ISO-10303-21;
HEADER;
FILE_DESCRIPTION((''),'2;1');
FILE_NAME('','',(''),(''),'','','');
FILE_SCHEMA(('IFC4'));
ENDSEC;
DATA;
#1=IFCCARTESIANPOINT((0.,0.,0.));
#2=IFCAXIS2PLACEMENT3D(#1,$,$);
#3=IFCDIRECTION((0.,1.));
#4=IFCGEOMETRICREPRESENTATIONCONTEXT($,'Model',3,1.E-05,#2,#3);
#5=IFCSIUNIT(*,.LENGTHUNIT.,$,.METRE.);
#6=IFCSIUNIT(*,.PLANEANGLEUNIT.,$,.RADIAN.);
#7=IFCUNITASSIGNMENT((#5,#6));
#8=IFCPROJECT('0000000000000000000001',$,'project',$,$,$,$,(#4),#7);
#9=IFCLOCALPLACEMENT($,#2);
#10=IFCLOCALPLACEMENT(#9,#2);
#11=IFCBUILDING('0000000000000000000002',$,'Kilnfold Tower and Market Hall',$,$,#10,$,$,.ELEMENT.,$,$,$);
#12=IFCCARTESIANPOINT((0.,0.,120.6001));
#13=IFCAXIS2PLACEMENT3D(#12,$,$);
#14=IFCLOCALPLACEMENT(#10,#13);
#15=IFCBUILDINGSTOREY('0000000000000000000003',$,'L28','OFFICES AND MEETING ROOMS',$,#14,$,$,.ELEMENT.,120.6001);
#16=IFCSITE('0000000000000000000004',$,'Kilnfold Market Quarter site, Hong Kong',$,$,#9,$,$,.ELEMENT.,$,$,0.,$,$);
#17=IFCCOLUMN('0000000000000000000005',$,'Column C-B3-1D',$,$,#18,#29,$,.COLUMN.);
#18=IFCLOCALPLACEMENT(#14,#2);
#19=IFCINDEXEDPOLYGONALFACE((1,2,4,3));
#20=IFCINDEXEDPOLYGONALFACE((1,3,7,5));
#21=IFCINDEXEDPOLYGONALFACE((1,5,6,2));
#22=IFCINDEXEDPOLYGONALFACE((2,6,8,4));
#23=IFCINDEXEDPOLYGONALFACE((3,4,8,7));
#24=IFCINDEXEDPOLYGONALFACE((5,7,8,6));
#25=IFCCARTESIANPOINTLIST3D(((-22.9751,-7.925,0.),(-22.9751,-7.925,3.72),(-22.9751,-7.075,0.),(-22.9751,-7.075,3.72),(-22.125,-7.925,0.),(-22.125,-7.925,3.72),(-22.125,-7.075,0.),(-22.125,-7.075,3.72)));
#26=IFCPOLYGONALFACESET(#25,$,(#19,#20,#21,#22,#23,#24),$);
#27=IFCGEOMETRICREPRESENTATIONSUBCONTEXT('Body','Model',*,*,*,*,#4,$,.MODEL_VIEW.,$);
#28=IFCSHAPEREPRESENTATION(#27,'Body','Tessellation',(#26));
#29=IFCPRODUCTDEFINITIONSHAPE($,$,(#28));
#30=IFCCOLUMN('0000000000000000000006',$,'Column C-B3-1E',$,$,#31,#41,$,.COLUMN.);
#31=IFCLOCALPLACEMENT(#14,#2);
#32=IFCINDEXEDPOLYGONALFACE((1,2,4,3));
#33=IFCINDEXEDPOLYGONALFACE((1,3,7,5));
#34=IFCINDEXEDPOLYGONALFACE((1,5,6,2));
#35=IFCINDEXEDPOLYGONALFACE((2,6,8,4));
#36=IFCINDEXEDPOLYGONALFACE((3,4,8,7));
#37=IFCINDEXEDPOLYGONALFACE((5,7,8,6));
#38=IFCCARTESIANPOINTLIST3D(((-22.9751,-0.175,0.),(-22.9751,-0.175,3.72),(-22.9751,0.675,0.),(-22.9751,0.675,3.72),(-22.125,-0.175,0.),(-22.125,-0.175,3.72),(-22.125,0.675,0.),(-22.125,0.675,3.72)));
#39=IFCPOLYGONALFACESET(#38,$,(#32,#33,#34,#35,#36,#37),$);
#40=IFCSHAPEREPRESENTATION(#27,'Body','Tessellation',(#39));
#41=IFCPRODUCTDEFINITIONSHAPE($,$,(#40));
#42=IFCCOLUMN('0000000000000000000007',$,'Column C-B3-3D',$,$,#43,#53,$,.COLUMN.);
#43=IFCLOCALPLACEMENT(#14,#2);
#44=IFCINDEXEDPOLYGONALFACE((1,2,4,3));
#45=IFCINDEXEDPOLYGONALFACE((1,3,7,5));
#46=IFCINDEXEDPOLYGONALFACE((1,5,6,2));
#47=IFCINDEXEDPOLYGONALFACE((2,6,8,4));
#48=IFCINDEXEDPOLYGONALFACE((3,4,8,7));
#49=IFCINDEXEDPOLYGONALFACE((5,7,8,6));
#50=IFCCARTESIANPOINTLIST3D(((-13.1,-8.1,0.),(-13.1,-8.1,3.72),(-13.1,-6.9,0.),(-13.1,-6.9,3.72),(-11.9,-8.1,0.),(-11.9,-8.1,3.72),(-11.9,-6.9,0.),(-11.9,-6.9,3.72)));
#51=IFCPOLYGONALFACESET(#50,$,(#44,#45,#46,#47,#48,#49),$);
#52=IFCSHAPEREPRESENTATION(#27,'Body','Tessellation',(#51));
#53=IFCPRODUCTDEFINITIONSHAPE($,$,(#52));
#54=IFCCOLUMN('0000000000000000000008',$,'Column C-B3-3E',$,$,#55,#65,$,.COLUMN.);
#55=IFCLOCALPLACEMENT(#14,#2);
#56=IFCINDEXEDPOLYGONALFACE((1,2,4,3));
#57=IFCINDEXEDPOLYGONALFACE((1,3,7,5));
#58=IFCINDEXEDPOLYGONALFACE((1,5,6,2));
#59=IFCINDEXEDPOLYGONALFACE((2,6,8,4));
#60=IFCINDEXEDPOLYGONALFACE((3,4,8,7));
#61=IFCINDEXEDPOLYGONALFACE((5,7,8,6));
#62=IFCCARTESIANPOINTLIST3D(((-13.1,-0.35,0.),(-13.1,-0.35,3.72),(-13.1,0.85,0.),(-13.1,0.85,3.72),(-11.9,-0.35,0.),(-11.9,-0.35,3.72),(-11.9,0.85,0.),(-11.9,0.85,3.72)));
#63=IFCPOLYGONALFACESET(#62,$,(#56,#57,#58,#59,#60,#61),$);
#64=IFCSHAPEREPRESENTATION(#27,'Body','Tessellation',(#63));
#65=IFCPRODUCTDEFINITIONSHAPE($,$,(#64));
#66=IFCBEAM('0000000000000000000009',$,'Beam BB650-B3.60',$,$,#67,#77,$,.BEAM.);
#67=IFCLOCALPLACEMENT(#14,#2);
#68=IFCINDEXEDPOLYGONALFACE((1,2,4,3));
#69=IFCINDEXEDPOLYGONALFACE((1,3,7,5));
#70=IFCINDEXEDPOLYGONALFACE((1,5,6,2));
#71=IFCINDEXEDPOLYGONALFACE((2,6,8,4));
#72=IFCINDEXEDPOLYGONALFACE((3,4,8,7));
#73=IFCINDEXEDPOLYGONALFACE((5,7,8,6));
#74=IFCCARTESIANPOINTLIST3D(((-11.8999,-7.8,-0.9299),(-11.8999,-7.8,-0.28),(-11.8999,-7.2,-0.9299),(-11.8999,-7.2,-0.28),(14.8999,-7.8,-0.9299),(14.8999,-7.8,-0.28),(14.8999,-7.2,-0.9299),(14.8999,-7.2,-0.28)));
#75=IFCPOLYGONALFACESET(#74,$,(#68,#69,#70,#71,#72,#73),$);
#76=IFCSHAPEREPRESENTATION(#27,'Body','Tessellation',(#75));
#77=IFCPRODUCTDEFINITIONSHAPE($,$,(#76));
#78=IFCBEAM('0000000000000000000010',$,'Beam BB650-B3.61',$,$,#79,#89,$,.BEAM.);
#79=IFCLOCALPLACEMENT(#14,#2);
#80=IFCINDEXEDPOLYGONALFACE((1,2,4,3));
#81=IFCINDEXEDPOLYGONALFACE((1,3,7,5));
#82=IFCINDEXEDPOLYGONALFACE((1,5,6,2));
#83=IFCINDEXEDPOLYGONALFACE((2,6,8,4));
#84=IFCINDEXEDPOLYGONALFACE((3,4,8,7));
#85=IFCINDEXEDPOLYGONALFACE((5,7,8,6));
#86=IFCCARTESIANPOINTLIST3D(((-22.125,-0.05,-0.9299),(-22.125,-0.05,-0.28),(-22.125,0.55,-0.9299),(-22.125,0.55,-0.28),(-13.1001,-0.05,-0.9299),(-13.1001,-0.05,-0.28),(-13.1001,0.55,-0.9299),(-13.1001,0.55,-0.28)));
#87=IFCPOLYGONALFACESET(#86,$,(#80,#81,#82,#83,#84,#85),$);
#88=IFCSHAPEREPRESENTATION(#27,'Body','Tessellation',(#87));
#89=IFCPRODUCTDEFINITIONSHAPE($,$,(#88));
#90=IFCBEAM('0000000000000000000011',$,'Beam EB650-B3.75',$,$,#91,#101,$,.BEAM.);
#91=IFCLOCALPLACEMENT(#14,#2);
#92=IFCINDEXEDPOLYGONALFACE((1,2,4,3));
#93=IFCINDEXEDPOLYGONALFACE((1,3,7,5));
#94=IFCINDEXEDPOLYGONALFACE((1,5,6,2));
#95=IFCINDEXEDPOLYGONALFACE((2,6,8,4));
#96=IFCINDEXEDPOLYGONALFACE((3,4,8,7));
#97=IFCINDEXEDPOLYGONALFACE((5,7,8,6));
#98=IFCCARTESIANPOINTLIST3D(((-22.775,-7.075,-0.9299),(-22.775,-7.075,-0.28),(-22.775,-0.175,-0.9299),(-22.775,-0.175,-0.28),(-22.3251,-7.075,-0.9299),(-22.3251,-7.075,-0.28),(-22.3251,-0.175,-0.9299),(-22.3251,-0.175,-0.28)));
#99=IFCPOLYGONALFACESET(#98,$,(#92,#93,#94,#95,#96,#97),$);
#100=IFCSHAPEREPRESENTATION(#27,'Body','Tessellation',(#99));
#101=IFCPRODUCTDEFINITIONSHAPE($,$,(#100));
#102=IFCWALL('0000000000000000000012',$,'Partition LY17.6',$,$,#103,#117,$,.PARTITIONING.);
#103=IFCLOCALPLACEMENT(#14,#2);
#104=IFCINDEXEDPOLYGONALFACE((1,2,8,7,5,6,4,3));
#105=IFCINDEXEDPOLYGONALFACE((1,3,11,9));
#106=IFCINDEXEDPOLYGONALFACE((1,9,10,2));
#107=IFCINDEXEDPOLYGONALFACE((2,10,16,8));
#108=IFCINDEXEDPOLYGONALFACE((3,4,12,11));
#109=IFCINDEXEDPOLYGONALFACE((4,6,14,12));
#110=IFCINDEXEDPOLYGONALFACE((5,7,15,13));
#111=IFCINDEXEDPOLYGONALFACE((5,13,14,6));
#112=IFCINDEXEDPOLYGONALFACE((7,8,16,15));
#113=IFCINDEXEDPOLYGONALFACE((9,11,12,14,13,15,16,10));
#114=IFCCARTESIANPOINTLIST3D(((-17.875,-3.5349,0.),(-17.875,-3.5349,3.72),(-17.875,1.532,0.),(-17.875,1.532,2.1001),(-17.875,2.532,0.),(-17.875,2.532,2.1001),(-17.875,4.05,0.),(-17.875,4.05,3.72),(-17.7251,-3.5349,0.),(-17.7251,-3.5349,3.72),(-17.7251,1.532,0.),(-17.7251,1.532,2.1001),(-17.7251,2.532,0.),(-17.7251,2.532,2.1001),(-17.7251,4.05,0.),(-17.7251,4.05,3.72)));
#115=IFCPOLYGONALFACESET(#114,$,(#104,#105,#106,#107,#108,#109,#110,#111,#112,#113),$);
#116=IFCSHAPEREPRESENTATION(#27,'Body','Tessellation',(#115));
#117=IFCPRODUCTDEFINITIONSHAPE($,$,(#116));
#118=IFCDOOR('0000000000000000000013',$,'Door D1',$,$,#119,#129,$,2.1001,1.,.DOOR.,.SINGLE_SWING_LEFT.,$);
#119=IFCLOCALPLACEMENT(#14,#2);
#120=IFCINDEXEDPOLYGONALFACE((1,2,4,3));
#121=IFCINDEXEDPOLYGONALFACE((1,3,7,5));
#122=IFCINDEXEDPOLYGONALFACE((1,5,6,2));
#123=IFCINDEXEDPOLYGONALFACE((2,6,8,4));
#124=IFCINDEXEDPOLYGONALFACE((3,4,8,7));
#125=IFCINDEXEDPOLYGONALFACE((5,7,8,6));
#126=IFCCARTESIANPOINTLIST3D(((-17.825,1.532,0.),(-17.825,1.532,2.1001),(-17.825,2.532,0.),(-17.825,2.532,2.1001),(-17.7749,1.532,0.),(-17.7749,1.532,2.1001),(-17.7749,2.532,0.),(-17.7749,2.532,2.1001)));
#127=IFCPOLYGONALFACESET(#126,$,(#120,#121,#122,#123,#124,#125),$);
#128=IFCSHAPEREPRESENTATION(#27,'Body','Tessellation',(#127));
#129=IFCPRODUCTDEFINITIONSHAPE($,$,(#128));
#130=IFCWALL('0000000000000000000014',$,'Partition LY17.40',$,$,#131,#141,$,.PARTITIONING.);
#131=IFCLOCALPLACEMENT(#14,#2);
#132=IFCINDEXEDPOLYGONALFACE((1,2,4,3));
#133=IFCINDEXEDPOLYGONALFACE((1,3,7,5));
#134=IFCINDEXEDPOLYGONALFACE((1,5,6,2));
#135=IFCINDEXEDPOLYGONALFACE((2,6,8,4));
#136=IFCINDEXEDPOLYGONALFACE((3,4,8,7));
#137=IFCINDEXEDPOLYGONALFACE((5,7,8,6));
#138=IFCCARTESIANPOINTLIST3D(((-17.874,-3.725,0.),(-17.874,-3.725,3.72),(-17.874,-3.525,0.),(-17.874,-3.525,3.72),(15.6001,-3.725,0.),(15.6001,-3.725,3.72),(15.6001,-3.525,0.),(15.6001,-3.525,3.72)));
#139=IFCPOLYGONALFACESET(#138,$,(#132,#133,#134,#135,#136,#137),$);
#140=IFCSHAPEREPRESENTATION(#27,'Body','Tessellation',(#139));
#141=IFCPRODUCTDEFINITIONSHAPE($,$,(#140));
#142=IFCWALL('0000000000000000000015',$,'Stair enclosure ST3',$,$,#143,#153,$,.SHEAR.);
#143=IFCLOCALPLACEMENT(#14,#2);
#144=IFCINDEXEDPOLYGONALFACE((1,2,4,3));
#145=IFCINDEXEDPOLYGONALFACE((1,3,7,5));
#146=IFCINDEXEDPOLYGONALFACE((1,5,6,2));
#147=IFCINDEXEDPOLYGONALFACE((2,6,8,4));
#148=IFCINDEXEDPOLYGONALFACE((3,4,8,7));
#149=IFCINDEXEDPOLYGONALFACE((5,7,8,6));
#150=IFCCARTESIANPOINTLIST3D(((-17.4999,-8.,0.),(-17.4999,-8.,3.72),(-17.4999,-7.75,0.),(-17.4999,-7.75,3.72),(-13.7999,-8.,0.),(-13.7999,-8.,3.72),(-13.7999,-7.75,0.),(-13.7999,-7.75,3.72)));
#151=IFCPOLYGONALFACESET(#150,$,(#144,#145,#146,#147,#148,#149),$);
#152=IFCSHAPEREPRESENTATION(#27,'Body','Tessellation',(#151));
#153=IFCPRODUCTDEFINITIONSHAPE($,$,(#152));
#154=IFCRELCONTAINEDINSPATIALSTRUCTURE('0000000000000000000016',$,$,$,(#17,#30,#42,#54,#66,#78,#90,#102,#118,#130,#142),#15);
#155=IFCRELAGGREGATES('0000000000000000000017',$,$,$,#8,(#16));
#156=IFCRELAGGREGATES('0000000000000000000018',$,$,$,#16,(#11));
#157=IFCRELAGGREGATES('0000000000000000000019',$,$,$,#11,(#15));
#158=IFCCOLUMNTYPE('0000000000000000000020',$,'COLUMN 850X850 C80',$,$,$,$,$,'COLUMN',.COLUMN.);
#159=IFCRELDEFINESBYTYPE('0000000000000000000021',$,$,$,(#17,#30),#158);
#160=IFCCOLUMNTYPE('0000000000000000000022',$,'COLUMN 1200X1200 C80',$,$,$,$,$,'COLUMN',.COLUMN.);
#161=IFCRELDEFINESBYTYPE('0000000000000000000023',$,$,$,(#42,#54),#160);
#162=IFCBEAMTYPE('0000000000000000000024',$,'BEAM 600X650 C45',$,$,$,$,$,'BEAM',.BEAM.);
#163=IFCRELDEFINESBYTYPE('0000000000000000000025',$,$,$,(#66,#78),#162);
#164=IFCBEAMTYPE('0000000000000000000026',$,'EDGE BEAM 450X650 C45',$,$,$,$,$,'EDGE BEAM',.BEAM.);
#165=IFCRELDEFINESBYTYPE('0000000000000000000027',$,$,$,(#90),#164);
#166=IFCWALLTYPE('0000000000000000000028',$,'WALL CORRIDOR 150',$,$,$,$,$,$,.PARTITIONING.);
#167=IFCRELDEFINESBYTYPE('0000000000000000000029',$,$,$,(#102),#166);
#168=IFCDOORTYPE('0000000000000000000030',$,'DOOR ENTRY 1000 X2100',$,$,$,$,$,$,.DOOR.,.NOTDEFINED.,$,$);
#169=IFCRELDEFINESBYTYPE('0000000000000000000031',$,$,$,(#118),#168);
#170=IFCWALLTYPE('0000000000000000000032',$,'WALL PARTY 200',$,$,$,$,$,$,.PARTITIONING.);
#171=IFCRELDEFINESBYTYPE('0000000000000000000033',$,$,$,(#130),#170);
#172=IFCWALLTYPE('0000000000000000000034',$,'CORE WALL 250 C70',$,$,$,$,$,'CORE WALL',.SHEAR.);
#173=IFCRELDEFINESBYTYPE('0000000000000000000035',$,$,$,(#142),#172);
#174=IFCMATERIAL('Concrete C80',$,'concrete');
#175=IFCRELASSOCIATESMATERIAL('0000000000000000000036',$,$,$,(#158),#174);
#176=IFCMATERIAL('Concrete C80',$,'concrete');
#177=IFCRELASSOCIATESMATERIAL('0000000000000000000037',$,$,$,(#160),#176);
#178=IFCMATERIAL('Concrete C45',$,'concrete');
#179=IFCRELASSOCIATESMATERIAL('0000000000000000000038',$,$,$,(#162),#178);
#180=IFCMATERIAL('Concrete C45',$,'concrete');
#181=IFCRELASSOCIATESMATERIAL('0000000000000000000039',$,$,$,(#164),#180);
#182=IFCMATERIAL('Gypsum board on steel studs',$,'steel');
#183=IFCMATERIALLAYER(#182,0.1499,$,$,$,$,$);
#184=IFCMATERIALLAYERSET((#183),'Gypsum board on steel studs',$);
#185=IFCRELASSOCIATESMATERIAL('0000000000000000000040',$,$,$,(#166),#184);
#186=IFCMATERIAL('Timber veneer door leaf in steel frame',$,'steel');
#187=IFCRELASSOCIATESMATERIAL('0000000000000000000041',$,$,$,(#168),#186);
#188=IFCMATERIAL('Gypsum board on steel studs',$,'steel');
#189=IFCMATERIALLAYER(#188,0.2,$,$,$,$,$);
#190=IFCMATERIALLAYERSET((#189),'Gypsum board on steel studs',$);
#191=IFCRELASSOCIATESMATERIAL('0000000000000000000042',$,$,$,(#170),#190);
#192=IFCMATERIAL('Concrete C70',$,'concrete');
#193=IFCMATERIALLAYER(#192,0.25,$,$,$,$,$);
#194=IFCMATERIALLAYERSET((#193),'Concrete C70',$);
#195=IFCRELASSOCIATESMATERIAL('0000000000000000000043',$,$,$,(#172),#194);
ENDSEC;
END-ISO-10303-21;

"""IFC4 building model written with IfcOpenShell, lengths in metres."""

from ifc_helpers import new_model, si_unit, direction, frame, frame_2d, origin, origin_2d, place, context, subcontext, project, spatial, rectangle, extrude, source, transform, mapped, material, layer, layer_set, material_profile, profile_set, type_object, element, fill, save


model = new_model("IFC4")

# Units and contexts
model_context = context("Model", 3, precision=1e-05, world=origin(), true_north=direction((0.0, 1.0)))
body_context = subcontext(model_context, "Body", "Model", "MODEL_VIEW")
ifc_project = project(units=[si_unit("LENGTHUNIT", "METRE"), si_unit("PLANEANGLEUNIT", "RADIAN")], contexts=[model_context])

# Site, building, storey
site_placement = place(None, origin())
site = spatial("IfcSite", under=ifc_project, at=site_placement, Name="Kilnfold Market Quarter site, Hong Kong", CompositionType="ELEMENT", RefElevation=0.0)
building_placement = place(site_placement, origin())
building = spatial("IfcBuilding", under=site, at=building_placement, Name="Kilnfold Tower and Market Hall", CompositionType="ELEMENT")
storey_placement = place(building_placement, frame((0.0, 0.0, 120.6001)))
storey = spatial("IfcBuildingStorey", under=building, at=storey_placement, Name="L28", Description="OFFICES AND MEETING ROOMS", CompositionType="ELEMENT", Elevation=120.6001)

# Columns
ifc_material_1 = material(Name="Concrete C80", Category="concrete")
ifc_material_profile_1 = material_profile(ifc_material_1, rectangle(XDim=0.8501, YDim=0.8501, at=origin_2d()), Name="RC 850x850")
ifc_profile_set_1 = profile_set([ifc_material_profile_1], Name="Concrete C80")
column_type_1 = type_object("IfcColumnType", Name="COLUMN 850X850 C80", ElementType="COLUMN", PredefinedType="COLUMN", material=ifc_profile_set_1)
shared_shape_1 = source(origin(), body_context, "Body", "SweptSolid", [
    extrude(rectangle(XDim=0.8501, YDim=0.8501, at=origin_2d()), origin(), (0.0, 0.0, 1.0), 3.72),
])
for number, where, z_axis, x_axis, name in (
    (1, (-22.55, -7.5, 0.0), (0.0, 0.0, 1.0), (1.0, 0.0, 0.0), "Column C-B3-1D"),
    (2, (-22.55, 0.25, 0.0), (0.0, 0.0, 1.0), (1.0, 0.0, 0.0), "Column C-B3-1E"),
):
    element("IfcColumn", number, at=place(storey_placement, frame(where, z_axis=z_axis, x_axis=x_axis)), inside=storey, type_object=column_type_1, Name=name, PredefinedType="COLUMN", context=body_context, shape_type="MappedRepresentation", body=[
        mapped(shared_shape_1, transform((0.0, 0.0, 0.0))),
    ])
ifc_material_2 = material(Name="Concrete C80", Category="concrete")
ifc_material_profile_2 = material_profile(ifc_material_2, rectangle(XDim=1.2, YDim=1.2, at=origin_2d()), Name="RC 1200x1200")
ifc_profile_set_2 = profile_set([ifc_material_profile_2], Name="Concrete C80")
column_type_2 = type_object("IfcColumnType", Name="COLUMN 1200X1200 C80", ElementType="COLUMN", PredefinedType="COLUMN", material=ifc_profile_set_2)
shared_shape_2 = source(origin(), body_context, "Body", "SweptSolid", [
    extrude(rectangle(XDim=1.2, YDim=1.2, at=origin_2d()), origin(), (0.0, 0.0, 1.0), 3.72),
])
for number, where, z_axis, x_axis, name in (
    (3, (-12.5, -7.5, 0.0), (0.0, 0.0, 1.0), (1.0, 0.0, 0.0), "Column C-B3-3D"),
    (4, (-12.5, 0.25, 0.0), (0.0, 0.0, 1.0), (1.0, 0.0, 0.0), "Column C-B3-3E"),
):
    element("IfcColumn", number, at=place(storey_placement, frame(where, z_axis=z_axis, x_axis=x_axis)), inside=storey, type_object=column_type_2, Name=name, PredefinedType="COLUMN", context=body_context, shape_type="MappedRepresentation", body=[
        mapped(shared_shape_2, transform((0.0, 0.0, 0.0))),
    ])

# Beams
ifc_material_3 = material(Name="Concrete C45", Category="concrete")
ifc_material_profile_3 = material_profile(ifc_material_3, rectangle(XDim=0.6001, YDim=0.6499, at=origin_2d()), Name="RC 600x650")
ifc_profile_set_3 = profile_set([ifc_material_profile_3], Name="Concrete C45")
beam_type_1 = type_object("IfcBeamType", Name="BEAM 600X650 C45", ElementType="BEAM", PredefinedType="BEAM", material=ifc_profile_set_3)
shared_shape_3 = source(origin(), body_context, "Body", "SweptSolid", [
    extrude(rectangle(XDim=0.6001, YDim=0.6499, at=origin_2d()), origin(), (0.0, 0.0, 1.0), 26.7998),
])
beam_1_placement = place(storey_placement, frame((-11.8999, -7.5, -0.605), z_axis=(1.0, 0.0, 0.0), x_axis=(0.0, 1.0, 0.0)))
element("IfcBeam", 5, at=beam_1_placement, inside=storey, type_object=beam_type_1, Name="Beam BB650-B3.60", PredefinedType="BEAM", context=body_context, shape_type="MappedRepresentation", body=[
    mapped(shared_shape_3, transform((0.0, 0.0, 0.0))),
])
shared_shape_4 = source(origin(), body_context, "Body", "SweptSolid", [
    extrude(rectangle(XDim=0.6001, YDim=0.6499, at=origin_2d()), origin(), (0.0, 0.0, 1.0), 9.0249),
])
beam_2_placement = place(storey_placement, frame((-22.125, 0.25, -0.605), z_axis=(1.0, 0.0, 0.0), x_axis=(0.0, 1.0, 0.0)))
element("IfcBeam", 6, at=beam_2_placement, inside=storey, type_object=beam_type_1, Name="Beam BB650-B3.61", PredefinedType="BEAM", context=body_context, shape_type="MappedRepresentation", body=[
    mapped(shared_shape_4, transform((0.0, 0.0, 0.0))),
])
ifc_material_4 = material(Name="Concrete C45", Category="concrete")
ifc_material_profile_4 = material_profile(ifc_material_4, rectangle(XDim=0.45, YDim=0.6499, at=origin_2d()), Name="RC 450x650")
ifc_profile_set_4 = profile_set([ifc_material_profile_4], Name="Concrete C45")
beam_type_2 = type_object("IfcBeamType", Name="EDGE BEAM 450X650 C45", ElementType="EDGE BEAM", PredefinedType="BEAM", material=ifc_profile_set_4)
shared_shape_5 = source(origin(), body_context, "Body", "SweptSolid", [
    extrude(rectangle(XDim=0.45, YDim=0.6499, at=origin_2d()), origin(), (0.0, 0.0, 1.0), 6.8999),
])
beam_3_placement = place(storey_placement, frame((-22.55, -7.075, -0.605), z_axis=(0.0, 1.0, 0.0), x_axis=(-1.0, 0.0, 0.0)))
element("IfcBeam", 7, at=beam_3_placement, inside=storey, type_object=beam_type_2, Name="Beam EB650-B3.75", PredefinedType="BEAM", context=body_context, shape_type="MappedRepresentation", body=[
    mapped(shared_shape_5, transform((0.0, 0.0, 0.0))),
])

# Wall, opening, door
ifc_material_5 = material(Name="Gypsum board on steel studs", Category="steel")
ifc_layer_1 = layer(ifc_material_5, 0.1499)
ifc_layer_set_1 = layer_set([ifc_layer_1], Name="Gypsum board on steel studs")
wall_type_1 = type_object("IfcWallType", Name="WALL CORRIDOR 150", PredefinedType="PARTITIONING", material=ifc_layer_set_1)
wall_1_placement = place(storey_placement, frame((-17.8, -3.5349, 0.0), z_axis=(0.0, 0.0, 1.0), x_axis=(0.0, 1.0, 0.0)))
wall_1 = element("IfcWall", 8, at=wall_1_placement, inside=storey, type_object=wall_type_1, Name="Partition LY17.6", PredefinedType="PARTITIONING", context=body_context, shape_type="SweptSolid", body=[
    extrude(rectangle(XDim=7.585, YDim=0.1499, at=frame_2d((3.7925, 0.0))), origin(), (0.0, 0.0, 1.0), 3.72),
])
opening_1_placement = place(wall_1_placement, frame((5.0669, 0.0, 0.0)))
opening_1 = element("IfcOpeningElement", 9, at=opening_1_placement, cuts=wall_1, PredefinedType="OPENING", context=body_context, shape_type="SweptSolid", body=[
    extrude(rectangle(XDim=1.0, YDim=2.1001, at=frame_2d((0.5, 1.05))), frame((0.0, 0.085, 0.0), z_axis=(0.0, -1.0, 0.0), x_axis=(1.0, 0.0, 0.0)), (0.0, 0.0, 1.0), 0.1699),
])
ifc_material_6 = material(Name="Timber veneer door leaf in steel frame", Category="steel")
door_type = type_object("IfcDoorType", Name="DOOR ENTRY 1000 X2100", OperationType="NOTDEFINED", PredefinedType="DOOR", material=ifc_material_6)
door_placement = place(opening_1_placement, origin())
door = element("IfcDoor", 10, at=door_placement, inside=storey, type_object=door_type, Name="Door D1", OperationType="SINGLE_SWING_LEFT", OverallHeight=2.1001, OverallWidth=1.0, PredefinedType="DOOR", context=body_context, shape_type="SweptSolid", body=[
    extrude(rectangle(XDim=1.0, YDim=2.1001, at=frame_2d((0.5, 1.05))), frame((0.0, 0.0249, 0.0), z_axis=(0.0, -1.0, 0.0), x_axis=(1.0, 0.0, 0.0)), (0.0, 0.0, 1.0), 0.05),
])
fill(opening_1, door)

# Walls
ifc_material_7 = material(Name="Gypsum board on steel studs", Category="steel")
ifc_layer_2 = layer(ifc_material_7, 0.2)
ifc_layer_set_2 = layer_set([ifc_layer_2], Name="Gypsum board on steel studs")
wall_type_2 = type_object("IfcWallType", Name="WALL PARTY 200", PredefinedType="PARTITIONING", material=ifc_layer_set_2)
wall_2_placement = place(storey_placement, frame((-17.874, -3.625, 0.0), z_axis=(0.0, 0.0, 1.0), x_axis=(1.0, 0.0, 0.0)))
element("IfcWall", 11, at=wall_2_placement, inside=storey, type_object=wall_type_2, Name="Partition LY17.40", PredefinedType="PARTITIONING", context=body_context, shape_type="SweptSolid", body=[
    extrude(rectangle(XDim=33.4741, YDim=0.2, at=frame_2d((16.7371, 0.0))), origin(), (0.0, 0.0, 1.0), 3.72),
])
ifc_material_8 = material(Name="Concrete C70", Category="concrete")
ifc_layer_3 = layer(ifc_material_8, 0.25)
ifc_layer_set_3 = layer_set([ifc_layer_3], Name="Concrete C70")
wall_type_3 = type_object("IfcWallType", Name="CORE WALL 250 C70", ElementType="CORE WALL", PredefinedType="SHEAR", material=ifc_layer_set_3)
shared_shape_6 = source(origin(), body_context, "Body", "SweptSolid", [
    extrude(rectangle(XDim=3.7, YDim=0.25, at=frame_2d((1.8501, 0.0))), origin(), (0.0, 0.0, 1.0), 3.72),
])
wall_3_placement = place(storey_placement, frame((-17.5, -7.875, 0.0), z_axis=(0.0, 0.0, 1.0), x_axis=(1.0, 0.0, 0.0)))
element("IfcWall", 12, at=wall_3_placement, inside=storey, type_object=wall_type_3, Name="Stair enclosure ST3", PredefinedType="SHEAR", context=body_context, shape_type="MappedRepresentation", body=[
    mapped(shared_shape_6, transform((0.0, 0.0, 0.0))),
])

save(model, "model.ifc")
